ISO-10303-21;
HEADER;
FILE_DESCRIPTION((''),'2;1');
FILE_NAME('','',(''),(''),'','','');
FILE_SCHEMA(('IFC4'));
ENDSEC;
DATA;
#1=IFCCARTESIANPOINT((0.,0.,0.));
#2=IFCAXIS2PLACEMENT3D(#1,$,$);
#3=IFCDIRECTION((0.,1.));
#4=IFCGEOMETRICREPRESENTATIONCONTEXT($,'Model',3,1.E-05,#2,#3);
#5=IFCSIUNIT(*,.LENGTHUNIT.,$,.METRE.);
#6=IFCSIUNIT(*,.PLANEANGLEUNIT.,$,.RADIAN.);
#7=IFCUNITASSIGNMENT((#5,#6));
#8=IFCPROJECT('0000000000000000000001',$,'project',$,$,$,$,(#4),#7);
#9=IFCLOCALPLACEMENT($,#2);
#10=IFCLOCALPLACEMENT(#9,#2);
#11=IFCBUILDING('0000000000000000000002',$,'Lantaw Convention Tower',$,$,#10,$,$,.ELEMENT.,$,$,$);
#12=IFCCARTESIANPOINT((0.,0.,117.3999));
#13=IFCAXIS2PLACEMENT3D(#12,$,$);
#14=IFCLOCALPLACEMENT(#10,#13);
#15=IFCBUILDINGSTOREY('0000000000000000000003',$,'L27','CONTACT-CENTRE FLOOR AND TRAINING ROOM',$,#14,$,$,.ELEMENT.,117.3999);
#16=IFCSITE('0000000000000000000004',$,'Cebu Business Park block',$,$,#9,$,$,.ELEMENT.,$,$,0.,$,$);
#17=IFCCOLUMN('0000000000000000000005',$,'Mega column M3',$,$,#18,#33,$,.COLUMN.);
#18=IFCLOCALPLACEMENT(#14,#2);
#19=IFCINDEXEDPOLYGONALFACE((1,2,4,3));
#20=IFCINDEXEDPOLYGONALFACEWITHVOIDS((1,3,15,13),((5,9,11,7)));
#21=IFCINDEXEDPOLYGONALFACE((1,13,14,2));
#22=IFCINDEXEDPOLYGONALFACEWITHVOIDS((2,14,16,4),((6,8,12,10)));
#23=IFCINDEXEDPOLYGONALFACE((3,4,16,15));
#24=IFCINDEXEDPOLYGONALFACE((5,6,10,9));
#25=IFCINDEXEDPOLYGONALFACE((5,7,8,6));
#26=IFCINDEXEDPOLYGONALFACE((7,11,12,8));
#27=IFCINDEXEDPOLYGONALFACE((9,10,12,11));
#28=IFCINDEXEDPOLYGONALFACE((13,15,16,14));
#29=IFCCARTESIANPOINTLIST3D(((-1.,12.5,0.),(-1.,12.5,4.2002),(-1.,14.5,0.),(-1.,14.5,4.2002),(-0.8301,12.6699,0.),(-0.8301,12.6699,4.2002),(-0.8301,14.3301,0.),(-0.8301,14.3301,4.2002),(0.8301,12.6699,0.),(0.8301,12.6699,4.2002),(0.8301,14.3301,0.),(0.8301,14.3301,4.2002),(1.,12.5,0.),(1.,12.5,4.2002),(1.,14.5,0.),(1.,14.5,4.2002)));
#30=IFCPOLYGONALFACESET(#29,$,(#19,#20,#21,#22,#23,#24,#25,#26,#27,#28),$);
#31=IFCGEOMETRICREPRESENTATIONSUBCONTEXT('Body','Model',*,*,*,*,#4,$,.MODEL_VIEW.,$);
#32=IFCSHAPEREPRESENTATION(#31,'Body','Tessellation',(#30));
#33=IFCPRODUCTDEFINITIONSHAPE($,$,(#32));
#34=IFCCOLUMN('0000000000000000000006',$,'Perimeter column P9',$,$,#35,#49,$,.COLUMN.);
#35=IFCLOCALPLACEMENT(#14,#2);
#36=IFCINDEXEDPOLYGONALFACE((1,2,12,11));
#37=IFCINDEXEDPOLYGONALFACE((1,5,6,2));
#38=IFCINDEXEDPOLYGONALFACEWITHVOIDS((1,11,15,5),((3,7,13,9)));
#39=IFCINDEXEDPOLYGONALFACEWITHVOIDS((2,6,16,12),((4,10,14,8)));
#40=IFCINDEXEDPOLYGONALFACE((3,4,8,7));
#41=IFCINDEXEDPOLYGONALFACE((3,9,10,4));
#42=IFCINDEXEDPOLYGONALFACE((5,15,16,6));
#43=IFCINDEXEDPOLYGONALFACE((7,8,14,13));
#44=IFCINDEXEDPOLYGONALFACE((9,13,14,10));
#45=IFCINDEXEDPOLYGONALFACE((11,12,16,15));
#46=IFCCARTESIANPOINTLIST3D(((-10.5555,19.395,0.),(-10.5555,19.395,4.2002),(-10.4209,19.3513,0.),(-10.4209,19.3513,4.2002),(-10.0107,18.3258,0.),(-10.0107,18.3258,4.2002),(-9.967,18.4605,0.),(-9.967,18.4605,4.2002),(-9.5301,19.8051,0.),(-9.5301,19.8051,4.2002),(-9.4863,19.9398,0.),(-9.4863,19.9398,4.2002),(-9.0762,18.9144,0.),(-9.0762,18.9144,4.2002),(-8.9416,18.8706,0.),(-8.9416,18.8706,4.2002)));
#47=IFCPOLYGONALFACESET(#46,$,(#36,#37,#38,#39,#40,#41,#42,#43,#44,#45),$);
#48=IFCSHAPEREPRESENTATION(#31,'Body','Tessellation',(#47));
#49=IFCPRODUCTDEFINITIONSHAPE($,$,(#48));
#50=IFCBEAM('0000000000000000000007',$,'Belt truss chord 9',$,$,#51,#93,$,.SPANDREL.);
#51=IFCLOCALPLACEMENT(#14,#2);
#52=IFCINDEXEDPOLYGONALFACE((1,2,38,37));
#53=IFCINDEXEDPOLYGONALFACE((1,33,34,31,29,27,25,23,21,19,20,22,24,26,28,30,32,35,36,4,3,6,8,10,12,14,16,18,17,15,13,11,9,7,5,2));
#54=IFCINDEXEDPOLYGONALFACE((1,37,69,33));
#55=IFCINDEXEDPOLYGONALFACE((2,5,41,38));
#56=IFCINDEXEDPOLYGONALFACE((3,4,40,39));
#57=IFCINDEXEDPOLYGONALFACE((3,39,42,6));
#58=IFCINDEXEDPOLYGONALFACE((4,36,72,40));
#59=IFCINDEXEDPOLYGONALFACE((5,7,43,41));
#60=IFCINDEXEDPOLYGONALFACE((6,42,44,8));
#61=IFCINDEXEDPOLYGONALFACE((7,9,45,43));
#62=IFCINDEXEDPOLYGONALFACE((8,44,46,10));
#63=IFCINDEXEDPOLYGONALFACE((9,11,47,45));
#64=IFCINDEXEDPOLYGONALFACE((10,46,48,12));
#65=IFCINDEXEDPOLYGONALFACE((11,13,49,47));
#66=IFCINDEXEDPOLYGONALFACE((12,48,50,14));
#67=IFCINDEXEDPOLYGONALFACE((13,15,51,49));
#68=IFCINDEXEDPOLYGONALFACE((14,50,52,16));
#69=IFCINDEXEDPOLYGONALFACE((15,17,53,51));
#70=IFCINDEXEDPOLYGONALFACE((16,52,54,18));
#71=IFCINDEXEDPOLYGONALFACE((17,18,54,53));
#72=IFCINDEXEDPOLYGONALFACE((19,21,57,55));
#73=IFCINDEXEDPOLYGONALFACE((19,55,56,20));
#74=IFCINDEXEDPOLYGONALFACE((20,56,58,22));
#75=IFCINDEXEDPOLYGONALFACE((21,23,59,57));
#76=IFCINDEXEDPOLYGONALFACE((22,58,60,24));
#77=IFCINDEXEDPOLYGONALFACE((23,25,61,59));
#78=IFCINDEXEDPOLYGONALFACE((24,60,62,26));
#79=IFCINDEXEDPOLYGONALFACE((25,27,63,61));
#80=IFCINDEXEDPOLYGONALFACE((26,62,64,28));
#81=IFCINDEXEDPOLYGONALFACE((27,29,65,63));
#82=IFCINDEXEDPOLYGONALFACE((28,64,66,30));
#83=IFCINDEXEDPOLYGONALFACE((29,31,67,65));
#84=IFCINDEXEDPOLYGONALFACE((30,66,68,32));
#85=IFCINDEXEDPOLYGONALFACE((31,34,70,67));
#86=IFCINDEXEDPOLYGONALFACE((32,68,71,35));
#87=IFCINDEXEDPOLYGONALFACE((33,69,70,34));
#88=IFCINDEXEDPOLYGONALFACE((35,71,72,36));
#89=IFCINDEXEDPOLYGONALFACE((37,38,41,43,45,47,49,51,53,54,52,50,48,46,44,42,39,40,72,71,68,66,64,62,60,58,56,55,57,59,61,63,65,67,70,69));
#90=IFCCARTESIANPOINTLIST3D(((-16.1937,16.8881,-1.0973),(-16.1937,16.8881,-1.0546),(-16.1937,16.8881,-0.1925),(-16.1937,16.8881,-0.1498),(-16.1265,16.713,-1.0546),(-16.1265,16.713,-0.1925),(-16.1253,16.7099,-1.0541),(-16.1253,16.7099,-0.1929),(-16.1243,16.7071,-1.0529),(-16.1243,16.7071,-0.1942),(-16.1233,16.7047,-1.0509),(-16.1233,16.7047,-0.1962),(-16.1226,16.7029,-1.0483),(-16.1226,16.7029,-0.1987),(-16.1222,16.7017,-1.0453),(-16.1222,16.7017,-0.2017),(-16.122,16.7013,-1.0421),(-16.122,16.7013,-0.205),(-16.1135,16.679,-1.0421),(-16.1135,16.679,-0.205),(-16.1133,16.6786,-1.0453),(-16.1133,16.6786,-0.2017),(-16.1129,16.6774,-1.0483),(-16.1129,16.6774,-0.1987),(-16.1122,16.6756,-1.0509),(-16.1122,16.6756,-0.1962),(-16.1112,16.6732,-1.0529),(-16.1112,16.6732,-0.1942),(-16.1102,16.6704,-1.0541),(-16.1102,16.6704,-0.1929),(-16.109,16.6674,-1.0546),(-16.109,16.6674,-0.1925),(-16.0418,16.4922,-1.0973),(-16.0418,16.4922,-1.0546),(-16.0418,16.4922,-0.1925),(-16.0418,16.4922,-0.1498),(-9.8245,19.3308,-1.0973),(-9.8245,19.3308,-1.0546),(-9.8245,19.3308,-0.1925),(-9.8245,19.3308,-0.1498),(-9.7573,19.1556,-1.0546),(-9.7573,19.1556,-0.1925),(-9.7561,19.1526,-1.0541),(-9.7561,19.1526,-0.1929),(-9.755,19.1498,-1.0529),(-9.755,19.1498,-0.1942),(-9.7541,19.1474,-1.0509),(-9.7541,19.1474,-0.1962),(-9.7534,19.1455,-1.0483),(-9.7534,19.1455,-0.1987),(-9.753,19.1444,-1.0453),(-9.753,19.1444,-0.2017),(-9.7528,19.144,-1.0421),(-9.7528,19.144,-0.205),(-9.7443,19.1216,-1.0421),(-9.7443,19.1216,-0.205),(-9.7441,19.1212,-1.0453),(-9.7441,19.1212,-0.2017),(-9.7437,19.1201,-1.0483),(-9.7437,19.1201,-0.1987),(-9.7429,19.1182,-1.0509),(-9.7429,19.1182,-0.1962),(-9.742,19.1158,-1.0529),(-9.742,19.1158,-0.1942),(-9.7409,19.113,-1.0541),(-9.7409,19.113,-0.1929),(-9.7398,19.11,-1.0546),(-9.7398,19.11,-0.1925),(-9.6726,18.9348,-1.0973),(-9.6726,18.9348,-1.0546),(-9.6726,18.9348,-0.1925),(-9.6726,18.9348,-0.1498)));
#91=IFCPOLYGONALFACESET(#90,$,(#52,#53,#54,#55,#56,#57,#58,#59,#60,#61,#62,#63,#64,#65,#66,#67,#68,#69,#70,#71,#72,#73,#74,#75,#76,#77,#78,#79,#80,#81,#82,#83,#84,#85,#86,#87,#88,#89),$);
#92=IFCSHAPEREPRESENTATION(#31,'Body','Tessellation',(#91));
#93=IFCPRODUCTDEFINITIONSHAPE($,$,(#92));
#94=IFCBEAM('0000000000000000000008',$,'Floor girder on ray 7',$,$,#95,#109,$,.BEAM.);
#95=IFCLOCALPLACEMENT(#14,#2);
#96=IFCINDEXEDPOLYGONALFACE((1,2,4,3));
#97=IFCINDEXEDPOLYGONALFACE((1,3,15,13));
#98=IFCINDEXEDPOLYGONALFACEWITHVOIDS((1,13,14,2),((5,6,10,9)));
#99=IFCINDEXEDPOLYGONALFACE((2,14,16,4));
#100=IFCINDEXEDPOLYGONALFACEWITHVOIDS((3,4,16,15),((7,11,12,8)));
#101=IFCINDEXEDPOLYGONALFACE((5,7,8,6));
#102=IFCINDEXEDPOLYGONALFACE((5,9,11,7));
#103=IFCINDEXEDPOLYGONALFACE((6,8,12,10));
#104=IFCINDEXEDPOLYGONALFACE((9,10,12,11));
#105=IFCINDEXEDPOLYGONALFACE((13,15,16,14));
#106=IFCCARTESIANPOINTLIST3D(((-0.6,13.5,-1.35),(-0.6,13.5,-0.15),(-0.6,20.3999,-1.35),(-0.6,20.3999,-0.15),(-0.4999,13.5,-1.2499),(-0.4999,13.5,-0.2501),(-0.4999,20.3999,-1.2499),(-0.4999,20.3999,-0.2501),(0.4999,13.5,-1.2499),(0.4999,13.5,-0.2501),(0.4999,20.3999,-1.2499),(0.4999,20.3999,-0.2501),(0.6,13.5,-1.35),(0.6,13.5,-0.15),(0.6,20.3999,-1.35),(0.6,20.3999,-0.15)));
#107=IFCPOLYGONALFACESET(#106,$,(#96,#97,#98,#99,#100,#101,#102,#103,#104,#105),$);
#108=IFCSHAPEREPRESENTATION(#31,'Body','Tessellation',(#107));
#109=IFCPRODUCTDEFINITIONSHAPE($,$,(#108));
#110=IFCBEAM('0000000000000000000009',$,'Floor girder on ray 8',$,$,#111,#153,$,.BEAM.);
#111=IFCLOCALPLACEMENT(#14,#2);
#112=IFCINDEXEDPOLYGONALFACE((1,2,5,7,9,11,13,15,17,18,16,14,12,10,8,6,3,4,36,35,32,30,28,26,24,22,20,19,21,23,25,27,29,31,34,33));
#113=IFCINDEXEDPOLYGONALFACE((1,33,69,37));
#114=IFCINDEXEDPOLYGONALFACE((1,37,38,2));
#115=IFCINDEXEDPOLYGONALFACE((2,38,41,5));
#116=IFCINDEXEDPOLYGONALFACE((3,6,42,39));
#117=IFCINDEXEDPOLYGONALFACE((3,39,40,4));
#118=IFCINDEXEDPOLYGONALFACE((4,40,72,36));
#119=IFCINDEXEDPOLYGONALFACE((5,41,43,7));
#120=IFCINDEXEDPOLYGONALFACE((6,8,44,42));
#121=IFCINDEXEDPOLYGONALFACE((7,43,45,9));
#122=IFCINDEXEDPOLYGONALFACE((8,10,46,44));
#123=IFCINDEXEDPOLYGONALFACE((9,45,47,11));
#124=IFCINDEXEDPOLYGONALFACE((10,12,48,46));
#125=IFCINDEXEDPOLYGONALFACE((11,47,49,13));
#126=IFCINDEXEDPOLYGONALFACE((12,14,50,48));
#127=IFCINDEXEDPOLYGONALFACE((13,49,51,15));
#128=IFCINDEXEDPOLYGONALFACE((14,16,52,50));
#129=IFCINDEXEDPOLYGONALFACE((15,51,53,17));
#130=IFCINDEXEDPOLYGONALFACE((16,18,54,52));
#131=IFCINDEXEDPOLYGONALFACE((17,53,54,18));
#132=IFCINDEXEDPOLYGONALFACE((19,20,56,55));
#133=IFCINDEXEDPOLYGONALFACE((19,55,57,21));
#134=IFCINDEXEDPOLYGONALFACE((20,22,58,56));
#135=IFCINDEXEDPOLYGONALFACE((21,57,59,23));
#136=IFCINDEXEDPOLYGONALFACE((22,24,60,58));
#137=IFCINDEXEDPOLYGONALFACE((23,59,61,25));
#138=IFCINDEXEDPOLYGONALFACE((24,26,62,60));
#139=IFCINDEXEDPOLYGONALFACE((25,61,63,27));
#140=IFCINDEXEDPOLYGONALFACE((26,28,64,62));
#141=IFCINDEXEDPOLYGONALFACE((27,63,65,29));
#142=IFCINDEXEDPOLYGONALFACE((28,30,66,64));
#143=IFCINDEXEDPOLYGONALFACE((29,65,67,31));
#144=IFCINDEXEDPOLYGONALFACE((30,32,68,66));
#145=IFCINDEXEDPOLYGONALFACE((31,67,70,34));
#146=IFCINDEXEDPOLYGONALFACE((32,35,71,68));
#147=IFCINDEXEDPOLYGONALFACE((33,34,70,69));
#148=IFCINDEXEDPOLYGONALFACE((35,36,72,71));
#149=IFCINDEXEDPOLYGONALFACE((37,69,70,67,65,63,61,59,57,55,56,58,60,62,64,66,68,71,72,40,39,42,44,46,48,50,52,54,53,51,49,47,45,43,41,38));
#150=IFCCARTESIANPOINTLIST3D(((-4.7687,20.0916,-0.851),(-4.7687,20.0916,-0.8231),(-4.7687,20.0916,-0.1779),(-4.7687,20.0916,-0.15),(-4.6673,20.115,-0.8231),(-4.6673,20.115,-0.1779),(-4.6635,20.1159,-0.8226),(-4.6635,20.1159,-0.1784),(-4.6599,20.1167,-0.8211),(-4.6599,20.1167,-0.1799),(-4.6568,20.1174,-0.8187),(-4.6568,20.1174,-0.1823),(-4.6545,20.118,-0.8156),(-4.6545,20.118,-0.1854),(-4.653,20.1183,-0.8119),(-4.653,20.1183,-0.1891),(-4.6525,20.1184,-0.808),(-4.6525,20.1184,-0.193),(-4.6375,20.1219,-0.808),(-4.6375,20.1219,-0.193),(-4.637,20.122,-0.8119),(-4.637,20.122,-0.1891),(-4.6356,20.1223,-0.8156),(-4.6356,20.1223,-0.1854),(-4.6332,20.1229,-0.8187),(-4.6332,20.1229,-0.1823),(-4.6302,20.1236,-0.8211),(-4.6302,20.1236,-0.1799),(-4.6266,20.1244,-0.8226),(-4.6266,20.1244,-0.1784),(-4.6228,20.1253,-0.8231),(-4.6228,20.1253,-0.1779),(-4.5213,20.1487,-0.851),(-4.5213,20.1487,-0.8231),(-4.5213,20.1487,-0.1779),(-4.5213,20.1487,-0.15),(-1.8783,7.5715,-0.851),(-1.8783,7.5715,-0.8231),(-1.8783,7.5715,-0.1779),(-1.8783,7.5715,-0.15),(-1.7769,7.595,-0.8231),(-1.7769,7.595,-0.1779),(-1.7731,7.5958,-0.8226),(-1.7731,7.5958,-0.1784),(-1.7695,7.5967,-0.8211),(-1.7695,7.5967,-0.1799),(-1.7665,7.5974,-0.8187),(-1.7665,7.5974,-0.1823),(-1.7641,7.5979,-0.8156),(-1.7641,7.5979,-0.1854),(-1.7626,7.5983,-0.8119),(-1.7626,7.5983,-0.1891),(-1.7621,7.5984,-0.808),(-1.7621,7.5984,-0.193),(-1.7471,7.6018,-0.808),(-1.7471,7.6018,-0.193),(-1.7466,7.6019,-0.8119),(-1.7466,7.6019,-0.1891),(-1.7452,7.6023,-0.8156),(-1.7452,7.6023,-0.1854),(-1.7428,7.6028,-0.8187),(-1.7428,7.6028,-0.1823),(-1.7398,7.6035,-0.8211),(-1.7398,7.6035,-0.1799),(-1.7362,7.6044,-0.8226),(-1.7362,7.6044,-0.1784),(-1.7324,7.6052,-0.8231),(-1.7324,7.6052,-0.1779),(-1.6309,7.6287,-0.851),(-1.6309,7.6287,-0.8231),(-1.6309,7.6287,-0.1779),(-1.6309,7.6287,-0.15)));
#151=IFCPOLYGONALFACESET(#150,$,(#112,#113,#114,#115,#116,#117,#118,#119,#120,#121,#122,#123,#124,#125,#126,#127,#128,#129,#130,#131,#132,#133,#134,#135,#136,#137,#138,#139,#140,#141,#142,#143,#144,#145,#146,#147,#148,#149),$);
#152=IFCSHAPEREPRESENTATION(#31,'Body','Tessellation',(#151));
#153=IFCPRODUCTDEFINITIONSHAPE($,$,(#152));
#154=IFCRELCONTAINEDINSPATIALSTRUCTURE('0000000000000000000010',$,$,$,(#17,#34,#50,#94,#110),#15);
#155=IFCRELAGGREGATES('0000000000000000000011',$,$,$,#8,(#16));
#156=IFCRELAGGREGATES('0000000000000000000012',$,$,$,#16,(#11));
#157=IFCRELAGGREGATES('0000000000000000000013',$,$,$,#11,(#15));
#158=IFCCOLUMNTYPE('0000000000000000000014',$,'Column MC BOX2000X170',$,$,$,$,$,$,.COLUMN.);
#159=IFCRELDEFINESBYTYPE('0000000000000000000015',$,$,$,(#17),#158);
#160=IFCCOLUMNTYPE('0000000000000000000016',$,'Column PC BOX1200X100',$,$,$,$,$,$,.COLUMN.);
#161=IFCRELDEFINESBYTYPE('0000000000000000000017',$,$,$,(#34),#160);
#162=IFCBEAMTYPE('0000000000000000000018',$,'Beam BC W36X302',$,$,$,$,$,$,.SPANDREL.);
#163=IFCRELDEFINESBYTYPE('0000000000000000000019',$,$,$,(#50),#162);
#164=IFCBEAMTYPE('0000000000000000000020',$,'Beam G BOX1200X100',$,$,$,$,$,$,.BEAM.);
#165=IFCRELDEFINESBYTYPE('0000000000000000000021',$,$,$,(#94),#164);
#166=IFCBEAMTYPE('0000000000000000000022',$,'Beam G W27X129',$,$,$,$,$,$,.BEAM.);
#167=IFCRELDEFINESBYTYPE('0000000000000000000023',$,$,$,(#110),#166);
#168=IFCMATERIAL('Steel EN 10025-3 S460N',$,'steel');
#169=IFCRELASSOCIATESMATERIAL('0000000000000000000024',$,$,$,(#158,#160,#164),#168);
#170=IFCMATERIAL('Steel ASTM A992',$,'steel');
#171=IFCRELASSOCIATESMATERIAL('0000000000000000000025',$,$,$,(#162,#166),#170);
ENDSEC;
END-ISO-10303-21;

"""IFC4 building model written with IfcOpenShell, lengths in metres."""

from ifc_helpers import new_model, si_unit, direction, frame, origin, origin_2d, place, context, subcontext, project, spatial, rectangle, hollow_rectangle, i_section, extrude, material, material_profile, profile_set, type_object, element, save


model = new_model("IFC4")

# Units and contexts
model_context = context("Model", 3, precision=1e-05, world=origin(), true_north=direction((0.0, 1.0)))
body_context = subcontext(model_context, "Body", "Model", "MODEL_VIEW")
ifc_project = project(units=[si_unit("LENGTHUNIT", "METRE"), si_unit("PLANEANGLEUNIT", "RADIAN")], contexts=[model_context])

# Site, building, storey
site_placement = place(None, origin())
site = spatial("IfcSite", under=ifc_project, at=site_placement, Name="Cebu Business Park block", CompositionType="ELEMENT", RefElevation=0.0)
building_placement = place(site_placement, origin())
building = spatial("IfcBuilding", under=site, at=building_placement, Name="Lantaw Convention Tower", CompositionType="ELEMENT")
storey_placement = place(building_placement, frame((0.0, 0.0, 117.3999)))
storey = spatial("IfcBuildingStorey", under=building, at=storey_placement, Name="L27", Description="CONTACT-CENTRE FLOOR AND TRAINING ROOM", CompositionType="ELEMENT", Elevation=117.3999)

# Columns
ifc_material_1 = material(Name="Steel EN 10025-3 S460N", Category="steel")
ifc_material_profile_1 = material_profile(ifc_material_1, hollow_rectangle(XDim=2.0, YDim=2.0, WallThickness=0.1699, at=origin_2d()), Name="BOX2000X170")
ifc_material_2 = material(Name="Concrete C60/75", Category="concrete")
ifc_material_profile_2 = material_profile(ifc_material_2, rectangle(XDim=1.6599, YDim=1.6599, at=origin_2d()), Name="Concrete fill of BOX2000X170")
ifc_profile_set_1 = profile_set([ifc_material_profile_1, ifc_material_profile_2], Name="Steel EN 10025-3 S460N")
column_type_1 = type_object("IfcColumnType", Name="Column MC BOX2000X170", PredefinedType="COLUMN", material=ifc_profile_set_1)
column_1_placement = place(storey_placement, frame((0.0, 13.5, 0.0), z_axis=(0.0, 0.0, 1.0), x_axis=(1.0, 0.0, 0.0)))
element("IfcColumn", 1, at=column_1_placement, inside=storey, type_object=column_type_1, Name="Mega column M3", PredefinedType="COLUMN", context=body_context, shape_type="SweptSolid", body=[
    extrude(hollow_rectangle(XDim=2.0, YDim=2.0, WallThickness=0.1699, at=origin_2d()), origin(), (0.0, 0.0, 1.0), 4.2002),
])
ifc_material_profile_3 = material_profile(ifc_material_1, hollow_rectangle(XDim=1.2, YDim=1.2, WallThickness=0.1001, at=origin_2d()), Name="BOX1200X100")
ifc_material_profile_4 = material_profile(ifc_material_2, rectangle(XDim=1.0, YDim=1.0, at=origin_2d()), Name="Concrete fill of BOX1200X100")
ifc_profile_set_2 = profile_set([ifc_material_profile_3, ifc_material_profile_4], Name="Steel EN 10025-3 S460N")
column_type_2 = type_object("IfcColumnType", Name="Column PC BOX1200X100", PredefinedType="COLUMN", material=ifc_profile_set_2)
column_2_placement = place(storey_placement, frame((-9.7485, 19.1328, 0.0), z_axis=(0.0, 0.0, 1.0), x_axis=(0.891007, 0.45399, 0.0)))
element("IfcColumn", 2, at=column_2_placement, inside=storey, type_object=column_type_2, Name="Perimeter column P9", PredefinedType="COLUMN", context=body_context, shape_type="SweptSolid", body=[
    extrude(hollow_rectangle(XDim=1.2, YDim=1.2, WallThickness=0.1001, at=origin_2d()), origin(), (0.0, 0.0, 1.0), 4.2002),
])

# Beams
ifc_material_3 = material(Name="Steel ASTM A992", Category="steel")
ifc_material_profile_5 = material_profile(ifc_material_3, i_section(OverallWidth=0.4241, OverallDepth=0.9475, WebThickness=0.0239, FlangeThickness=0.0427, FilletRadius=0.0125, at=origin_2d()), Name="W36X302")
ifc_profile_set_3 = profile_set([ifc_material_profile_5], Name="Steel ASTM A992")
beam_type_1 = type_object("IfcBeamType", Name="Beam BC W36X302", PredefinedType="SPANDREL", material=ifc_profile_set_3)
beam_1_placement = place(storey_placement, frame((-9.7485, 19.1328, -0.6235), z_axis=(-0.933691, -0.35808, 0.0), x_axis=(0.35808, -0.933691, 0.0)))
element("IfcBeam", 3, at=beam_1_placement, inside=storey, type_object=beam_type_1, Name="Belt truss chord 9", PredefinedType="SPANDREL", context=body_context, shape_type="SweptSolid", body=[
    extrude(i_section(OverallWidth=0.4241, OverallDepth=0.9475, WebThickness=0.0239, FlangeThickness=0.0427, FilletRadius=0.0125, at=origin_2d()), origin(), (0.0, 0.0, 1.0), 6.8215),
])
ifc_material_profile_6 = material_profile(ifc_material_1, hollow_rectangle(XDim=1.2, YDim=1.2, WallThickness=0.1001, at=origin_2d()), Name="BOX1200X100")
ifc_profile_set_4 = profile_set([ifc_material_profile_6], Name="Steel EN 10025-3 S460N")
beam_type_2 = type_object("IfcBeamType", Name="Beam G BOX1200X100", PredefinedType="BEAM", material=ifc_profile_set_4)
beam_2_placement = place(storey_placement, frame((0.0, 13.5, -0.75), z_axis=(0.0, 1.0, 0.0), x_axis=(-1.0, 0.0, 0.0)))
element("IfcBeam", 4, at=beam_2_placement, inside=storey, type_object=beam_type_2, Name="Floor girder on ray 7", PredefinedType="BEAM", context=body_context, shape_type="SweptSolid", body=[
    extrude(hollow_rectangle(XDim=1.2, YDim=1.2, WallThickness=0.1001, at=origin_2d()), origin(), (0.0, 0.0, 1.0), 6.8999),
])
ifc_material_profile_7 = material_profile(ifc_material_3, i_section(OverallWidth=0.2539, OverallDepth=0.7009, WebThickness=0.0154, FlangeThickness=0.0278, FilletRadius=0.0151, at=origin_2d()), Name="W27X129")
ifc_profile_set_5 = profile_set([ifc_material_profile_7], Name="Steel ASTM A992")
beam_type_3 = type_object("IfcBeamType", Name="Beam G W27X129", PredefinedType="BEAM", material=ifc_profile_set_5)
beam_3_placement = place(storey_placement, frame((-1.7546, 7.6001, -0.5005), z_axis=(-0.224944, 0.974372, 0.0), x_axis=(-0.974372, -0.224944, 0.0)))
element("IfcBeam", 5, at=beam_3_placement, inside=storey, type_object=beam_type_3, Name="Floor girder on ray 8", PredefinedType="BEAM", context=body_context, shape_type="SweptSolid", body=[
    extrude(i_section(OverallWidth=0.2539, OverallDepth=0.7009, WebThickness=0.0154, FlangeThickness=0.0278, FilletRadius=0.0151, at=origin_2d()), origin(), (0.0, 0.0, 1.0), 12.8494),
])

save(model, "model.ifc")
